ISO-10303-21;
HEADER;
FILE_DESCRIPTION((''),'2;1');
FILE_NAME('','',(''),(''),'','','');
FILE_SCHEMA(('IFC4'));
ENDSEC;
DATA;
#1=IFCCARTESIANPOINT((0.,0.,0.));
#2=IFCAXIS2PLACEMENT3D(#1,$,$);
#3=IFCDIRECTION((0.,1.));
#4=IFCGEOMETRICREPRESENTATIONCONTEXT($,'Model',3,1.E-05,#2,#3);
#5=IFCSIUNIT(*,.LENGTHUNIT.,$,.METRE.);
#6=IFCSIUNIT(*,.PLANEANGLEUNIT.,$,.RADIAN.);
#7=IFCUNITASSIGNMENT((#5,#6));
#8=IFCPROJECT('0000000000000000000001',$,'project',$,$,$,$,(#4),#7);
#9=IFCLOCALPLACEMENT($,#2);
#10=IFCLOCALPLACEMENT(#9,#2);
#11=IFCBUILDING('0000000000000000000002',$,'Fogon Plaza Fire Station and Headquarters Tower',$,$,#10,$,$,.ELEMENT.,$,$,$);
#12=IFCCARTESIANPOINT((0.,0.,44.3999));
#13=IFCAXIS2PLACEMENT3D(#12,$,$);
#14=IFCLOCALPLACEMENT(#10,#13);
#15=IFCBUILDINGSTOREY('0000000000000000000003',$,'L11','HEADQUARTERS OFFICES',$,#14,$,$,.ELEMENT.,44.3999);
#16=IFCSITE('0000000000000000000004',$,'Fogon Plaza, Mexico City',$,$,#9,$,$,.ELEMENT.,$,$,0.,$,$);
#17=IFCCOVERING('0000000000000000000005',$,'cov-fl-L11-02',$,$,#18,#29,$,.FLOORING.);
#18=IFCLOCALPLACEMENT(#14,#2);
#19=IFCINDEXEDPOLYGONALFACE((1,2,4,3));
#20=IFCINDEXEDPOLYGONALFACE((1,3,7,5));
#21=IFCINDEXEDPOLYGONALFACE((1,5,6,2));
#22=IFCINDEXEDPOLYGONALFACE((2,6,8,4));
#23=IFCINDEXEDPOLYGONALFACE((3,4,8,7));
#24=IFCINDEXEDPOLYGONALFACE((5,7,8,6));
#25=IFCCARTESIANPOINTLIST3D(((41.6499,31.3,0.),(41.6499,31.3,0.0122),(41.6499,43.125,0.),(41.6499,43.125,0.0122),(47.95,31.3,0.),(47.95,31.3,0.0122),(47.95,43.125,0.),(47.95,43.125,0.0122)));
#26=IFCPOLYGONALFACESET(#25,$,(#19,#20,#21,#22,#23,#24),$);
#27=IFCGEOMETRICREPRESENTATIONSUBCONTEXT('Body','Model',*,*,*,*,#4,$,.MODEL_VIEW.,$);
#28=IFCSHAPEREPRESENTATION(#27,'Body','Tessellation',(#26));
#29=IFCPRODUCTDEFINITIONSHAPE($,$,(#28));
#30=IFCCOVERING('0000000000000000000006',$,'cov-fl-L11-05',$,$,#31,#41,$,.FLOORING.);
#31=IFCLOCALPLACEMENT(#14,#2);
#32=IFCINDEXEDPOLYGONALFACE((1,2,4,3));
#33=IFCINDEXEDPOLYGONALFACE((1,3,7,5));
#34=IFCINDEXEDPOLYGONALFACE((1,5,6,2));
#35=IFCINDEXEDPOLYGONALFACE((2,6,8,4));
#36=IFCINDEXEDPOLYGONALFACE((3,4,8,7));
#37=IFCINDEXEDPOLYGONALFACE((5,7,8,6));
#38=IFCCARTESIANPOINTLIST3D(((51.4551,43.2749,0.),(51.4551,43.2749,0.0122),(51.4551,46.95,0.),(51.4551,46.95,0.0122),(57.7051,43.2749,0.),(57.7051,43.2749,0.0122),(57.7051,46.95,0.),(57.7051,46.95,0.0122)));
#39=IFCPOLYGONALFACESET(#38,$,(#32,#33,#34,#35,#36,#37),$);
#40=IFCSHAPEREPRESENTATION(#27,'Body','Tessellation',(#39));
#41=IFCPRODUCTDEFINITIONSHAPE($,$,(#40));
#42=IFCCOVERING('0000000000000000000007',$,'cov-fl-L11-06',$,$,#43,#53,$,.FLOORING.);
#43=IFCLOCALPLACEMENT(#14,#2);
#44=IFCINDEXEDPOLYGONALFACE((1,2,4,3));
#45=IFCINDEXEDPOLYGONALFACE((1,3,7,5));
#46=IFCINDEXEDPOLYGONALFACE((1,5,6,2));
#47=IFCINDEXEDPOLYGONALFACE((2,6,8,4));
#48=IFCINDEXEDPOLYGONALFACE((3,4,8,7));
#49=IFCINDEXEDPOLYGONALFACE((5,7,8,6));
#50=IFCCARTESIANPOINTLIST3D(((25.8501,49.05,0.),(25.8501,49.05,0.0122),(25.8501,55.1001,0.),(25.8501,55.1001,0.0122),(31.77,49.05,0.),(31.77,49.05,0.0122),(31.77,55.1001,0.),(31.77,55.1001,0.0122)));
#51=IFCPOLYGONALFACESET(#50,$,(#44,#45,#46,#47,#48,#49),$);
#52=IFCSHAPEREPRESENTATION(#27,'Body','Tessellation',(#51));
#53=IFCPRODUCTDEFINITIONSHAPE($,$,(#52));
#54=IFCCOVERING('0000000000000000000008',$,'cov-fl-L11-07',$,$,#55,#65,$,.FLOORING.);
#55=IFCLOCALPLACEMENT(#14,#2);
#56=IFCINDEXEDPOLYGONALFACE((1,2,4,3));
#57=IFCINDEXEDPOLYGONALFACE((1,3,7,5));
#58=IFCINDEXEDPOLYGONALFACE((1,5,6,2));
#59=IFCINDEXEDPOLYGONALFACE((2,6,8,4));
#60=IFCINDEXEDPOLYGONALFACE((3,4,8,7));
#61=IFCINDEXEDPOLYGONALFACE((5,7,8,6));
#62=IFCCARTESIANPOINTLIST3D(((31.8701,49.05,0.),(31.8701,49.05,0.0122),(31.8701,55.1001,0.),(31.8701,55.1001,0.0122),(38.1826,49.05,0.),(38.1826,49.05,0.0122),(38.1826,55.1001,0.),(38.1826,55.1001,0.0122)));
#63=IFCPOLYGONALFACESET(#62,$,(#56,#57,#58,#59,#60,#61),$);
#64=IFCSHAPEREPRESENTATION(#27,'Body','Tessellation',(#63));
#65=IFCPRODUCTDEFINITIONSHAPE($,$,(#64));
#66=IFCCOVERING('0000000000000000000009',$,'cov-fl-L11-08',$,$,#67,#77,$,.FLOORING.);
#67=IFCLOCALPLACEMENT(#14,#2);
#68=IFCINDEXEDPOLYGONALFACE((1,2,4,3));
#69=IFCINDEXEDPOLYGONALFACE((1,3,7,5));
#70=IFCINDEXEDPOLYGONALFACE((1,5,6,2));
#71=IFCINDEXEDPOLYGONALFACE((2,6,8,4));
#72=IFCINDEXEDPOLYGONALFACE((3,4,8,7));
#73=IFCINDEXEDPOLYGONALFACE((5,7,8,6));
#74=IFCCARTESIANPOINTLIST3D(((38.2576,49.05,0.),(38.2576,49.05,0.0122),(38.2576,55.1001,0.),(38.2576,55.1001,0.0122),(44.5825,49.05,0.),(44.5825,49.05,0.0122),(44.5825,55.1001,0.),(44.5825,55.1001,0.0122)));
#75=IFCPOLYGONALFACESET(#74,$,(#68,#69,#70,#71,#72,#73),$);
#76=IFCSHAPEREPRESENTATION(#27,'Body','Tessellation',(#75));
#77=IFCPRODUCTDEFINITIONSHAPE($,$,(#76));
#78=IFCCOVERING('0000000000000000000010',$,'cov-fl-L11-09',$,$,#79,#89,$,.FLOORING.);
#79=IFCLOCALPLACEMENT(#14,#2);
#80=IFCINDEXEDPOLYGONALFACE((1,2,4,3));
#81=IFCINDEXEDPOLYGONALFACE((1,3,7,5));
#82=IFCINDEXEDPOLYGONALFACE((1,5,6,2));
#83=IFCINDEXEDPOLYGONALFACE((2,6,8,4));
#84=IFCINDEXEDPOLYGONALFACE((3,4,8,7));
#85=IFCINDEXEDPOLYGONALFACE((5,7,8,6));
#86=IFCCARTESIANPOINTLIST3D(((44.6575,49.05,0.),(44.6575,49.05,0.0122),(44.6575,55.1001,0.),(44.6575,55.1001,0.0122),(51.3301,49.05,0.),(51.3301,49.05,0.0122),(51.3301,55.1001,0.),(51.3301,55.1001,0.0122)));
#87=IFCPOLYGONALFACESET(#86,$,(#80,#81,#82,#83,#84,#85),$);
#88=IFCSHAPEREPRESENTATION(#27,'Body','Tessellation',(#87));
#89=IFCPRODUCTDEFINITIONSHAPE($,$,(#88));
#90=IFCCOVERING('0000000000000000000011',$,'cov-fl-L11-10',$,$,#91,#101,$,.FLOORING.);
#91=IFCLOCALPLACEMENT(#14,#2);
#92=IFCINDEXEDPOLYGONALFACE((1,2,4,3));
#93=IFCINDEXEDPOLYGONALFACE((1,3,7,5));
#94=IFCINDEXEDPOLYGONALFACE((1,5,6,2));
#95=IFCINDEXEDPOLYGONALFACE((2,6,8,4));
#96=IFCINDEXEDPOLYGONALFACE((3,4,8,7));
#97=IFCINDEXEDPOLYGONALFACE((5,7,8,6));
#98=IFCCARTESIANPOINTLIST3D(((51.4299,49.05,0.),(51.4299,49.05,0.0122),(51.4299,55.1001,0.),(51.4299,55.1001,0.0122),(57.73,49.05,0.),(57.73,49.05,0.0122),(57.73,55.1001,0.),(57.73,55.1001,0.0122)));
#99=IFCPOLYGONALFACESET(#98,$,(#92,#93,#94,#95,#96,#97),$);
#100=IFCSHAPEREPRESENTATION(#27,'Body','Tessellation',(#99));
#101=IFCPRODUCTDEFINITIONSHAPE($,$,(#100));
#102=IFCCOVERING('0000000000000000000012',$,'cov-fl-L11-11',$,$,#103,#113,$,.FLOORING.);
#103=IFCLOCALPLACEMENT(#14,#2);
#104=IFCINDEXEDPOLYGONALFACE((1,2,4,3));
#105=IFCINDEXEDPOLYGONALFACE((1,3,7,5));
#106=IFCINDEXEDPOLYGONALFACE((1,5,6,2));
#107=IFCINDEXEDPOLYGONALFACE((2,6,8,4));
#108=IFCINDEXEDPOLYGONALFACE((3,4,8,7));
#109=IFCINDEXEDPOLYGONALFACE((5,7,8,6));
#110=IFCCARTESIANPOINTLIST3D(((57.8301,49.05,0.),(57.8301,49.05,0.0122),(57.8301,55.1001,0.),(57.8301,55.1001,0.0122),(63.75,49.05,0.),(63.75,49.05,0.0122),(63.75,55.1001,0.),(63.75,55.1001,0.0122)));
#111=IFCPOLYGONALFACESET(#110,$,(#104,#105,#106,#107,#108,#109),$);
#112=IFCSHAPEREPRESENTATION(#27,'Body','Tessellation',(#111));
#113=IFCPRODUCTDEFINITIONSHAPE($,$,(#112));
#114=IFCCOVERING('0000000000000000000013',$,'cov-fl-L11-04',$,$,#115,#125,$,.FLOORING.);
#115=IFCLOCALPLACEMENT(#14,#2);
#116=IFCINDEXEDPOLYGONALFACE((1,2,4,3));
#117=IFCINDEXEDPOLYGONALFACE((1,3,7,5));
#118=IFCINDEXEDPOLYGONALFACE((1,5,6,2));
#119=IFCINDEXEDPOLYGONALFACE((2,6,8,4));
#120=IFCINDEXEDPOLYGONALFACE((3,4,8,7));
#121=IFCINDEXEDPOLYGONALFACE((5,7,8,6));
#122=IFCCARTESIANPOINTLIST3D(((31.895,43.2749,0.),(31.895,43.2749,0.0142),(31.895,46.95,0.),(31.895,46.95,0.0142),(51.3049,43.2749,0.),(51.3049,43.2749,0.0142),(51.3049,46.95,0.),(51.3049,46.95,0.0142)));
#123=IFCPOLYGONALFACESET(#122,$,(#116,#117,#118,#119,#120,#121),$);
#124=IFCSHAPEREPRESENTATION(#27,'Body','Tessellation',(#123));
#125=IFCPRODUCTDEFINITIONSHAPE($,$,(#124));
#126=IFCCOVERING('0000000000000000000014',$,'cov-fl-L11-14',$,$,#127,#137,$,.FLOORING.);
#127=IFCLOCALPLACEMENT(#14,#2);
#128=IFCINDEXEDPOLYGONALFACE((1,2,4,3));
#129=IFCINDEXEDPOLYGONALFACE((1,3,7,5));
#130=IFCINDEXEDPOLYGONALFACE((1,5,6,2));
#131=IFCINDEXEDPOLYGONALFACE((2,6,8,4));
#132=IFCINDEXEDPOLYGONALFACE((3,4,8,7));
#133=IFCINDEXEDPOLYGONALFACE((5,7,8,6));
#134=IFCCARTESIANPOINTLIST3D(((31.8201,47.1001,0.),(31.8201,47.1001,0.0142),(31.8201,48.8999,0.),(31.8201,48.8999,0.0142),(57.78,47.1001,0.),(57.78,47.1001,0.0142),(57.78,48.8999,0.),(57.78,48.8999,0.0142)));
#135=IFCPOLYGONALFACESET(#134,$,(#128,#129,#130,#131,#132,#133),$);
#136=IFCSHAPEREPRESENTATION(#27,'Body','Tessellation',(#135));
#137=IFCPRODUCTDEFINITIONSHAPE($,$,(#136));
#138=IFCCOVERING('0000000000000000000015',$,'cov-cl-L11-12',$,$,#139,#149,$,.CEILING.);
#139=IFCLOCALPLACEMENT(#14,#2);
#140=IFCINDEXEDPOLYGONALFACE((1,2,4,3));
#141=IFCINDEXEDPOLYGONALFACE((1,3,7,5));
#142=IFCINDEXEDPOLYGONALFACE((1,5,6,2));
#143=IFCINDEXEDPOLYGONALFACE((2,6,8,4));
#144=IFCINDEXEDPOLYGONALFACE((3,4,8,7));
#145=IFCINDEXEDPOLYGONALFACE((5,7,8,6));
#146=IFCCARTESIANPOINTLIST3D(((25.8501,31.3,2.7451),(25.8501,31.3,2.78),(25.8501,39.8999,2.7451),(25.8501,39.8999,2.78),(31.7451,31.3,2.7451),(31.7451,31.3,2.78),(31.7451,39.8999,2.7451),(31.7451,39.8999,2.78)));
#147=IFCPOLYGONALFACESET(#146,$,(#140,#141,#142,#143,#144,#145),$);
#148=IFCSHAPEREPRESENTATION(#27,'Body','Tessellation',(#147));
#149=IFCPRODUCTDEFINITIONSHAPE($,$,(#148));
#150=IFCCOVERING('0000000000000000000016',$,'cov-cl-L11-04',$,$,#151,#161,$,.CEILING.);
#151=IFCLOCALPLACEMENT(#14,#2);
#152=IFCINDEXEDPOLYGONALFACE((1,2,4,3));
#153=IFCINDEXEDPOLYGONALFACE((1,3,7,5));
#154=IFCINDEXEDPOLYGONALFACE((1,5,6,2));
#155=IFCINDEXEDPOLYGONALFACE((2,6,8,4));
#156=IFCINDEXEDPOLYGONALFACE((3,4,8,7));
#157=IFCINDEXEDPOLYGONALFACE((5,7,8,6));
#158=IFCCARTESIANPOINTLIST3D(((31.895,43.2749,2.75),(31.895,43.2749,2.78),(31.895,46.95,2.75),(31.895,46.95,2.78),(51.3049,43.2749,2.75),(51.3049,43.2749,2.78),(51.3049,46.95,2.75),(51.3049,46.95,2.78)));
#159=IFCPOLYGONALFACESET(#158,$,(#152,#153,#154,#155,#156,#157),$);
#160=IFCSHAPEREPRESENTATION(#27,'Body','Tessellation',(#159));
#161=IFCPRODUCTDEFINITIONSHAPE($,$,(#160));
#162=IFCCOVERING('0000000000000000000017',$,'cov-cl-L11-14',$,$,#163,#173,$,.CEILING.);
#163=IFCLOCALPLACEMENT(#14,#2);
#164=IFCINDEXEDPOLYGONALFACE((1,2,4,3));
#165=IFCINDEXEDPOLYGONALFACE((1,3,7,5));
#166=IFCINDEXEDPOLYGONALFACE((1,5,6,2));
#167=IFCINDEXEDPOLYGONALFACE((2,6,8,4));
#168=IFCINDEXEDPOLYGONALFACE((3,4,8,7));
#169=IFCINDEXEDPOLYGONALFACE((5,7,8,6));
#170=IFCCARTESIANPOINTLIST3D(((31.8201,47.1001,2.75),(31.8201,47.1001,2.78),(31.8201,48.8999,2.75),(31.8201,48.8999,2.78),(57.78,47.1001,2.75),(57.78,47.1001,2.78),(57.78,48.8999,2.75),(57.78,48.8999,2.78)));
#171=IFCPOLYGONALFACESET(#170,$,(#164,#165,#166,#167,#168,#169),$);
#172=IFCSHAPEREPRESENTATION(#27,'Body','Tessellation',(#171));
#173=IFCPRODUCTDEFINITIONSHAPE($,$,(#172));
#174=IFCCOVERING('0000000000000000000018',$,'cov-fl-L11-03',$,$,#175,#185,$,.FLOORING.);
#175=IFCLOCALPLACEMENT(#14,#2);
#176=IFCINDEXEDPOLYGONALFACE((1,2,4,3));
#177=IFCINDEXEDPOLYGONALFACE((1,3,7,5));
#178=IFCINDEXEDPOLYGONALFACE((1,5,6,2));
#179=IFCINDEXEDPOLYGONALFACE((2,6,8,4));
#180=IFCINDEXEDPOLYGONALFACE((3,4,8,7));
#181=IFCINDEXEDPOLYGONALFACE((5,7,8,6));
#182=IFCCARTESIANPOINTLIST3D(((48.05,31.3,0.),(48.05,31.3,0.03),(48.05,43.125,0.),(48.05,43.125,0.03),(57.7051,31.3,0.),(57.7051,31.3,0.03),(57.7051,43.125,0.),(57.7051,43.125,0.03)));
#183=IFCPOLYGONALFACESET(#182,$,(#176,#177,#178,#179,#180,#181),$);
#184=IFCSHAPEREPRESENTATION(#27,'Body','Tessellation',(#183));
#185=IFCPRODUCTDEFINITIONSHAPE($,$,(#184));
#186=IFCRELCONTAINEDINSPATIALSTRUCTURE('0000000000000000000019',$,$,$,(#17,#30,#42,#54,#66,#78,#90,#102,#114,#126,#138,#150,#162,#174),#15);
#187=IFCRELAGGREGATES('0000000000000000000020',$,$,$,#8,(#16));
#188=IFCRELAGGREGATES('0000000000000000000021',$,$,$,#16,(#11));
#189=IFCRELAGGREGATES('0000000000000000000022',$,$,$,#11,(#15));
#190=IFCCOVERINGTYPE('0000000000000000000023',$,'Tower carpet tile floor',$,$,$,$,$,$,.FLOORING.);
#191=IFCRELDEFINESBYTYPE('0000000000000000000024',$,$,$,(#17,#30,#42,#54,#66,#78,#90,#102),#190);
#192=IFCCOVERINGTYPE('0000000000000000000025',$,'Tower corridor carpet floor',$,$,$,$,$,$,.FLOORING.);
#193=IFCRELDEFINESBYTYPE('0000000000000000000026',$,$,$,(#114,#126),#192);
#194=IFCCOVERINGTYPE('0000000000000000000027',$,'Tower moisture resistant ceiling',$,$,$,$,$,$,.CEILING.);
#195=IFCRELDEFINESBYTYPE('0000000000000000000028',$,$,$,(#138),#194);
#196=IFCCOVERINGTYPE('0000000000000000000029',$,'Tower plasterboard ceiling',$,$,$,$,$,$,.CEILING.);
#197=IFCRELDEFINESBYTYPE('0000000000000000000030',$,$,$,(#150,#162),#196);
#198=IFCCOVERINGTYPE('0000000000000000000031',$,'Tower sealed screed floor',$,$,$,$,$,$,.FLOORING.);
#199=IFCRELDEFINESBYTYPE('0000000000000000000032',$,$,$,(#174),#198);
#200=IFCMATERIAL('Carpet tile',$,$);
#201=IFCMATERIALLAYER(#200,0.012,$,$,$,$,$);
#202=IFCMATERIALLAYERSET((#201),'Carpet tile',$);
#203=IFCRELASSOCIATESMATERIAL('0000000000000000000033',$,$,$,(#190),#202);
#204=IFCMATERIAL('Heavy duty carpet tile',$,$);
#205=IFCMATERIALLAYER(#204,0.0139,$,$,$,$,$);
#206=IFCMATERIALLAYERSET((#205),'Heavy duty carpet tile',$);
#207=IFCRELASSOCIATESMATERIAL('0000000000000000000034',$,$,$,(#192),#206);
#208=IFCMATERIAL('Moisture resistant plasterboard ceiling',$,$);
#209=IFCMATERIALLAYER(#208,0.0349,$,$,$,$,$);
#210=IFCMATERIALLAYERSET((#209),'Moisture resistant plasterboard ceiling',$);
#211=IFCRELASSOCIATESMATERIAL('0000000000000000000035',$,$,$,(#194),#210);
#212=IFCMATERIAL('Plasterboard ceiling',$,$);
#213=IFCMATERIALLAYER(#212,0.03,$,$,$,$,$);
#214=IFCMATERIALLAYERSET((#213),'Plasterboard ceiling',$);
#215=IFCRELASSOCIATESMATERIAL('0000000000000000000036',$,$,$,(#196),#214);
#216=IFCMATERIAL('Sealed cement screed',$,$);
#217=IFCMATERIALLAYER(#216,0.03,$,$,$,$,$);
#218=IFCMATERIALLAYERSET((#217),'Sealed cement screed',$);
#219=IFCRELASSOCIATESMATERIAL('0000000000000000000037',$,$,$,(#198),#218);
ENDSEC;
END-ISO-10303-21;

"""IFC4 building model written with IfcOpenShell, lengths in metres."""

from ifc_helpers import new_model, si_unit, direction, frame, origin, place, context, subcontext, project, spatial, polyline, outline, extrude, material, layer, layer_set, type_object, element, save


model = new_model("IFC4")

# Units and contexts
model_context = context("Model", 3, precision=1e-05, world=origin(), true_north=direction((0.0, 1.0)))
body_context = subcontext(model_context, "Body", "Model", "MODEL_VIEW")
ifc_project = project(units=[si_unit("LENGTHUNIT", "METRE"), si_unit("PLANEANGLEUNIT", "RADIAN")], contexts=[model_context])

# Site, building, storey
site_placement = place(None, origin())
site = spatial("IfcSite", under=ifc_project, at=site_placement, Name="Fogon Plaza, Mexico City", CompositionType="ELEMENT", RefElevation=0.0)
building_placement = place(site_placement, origin())
building = spatial("IfcBuilding", under=site, at=building_placement, Name="Fogon Plaza Fire Station and Headquarters Tower", CompositionType="ELEMENT")
storey_placement = place(building_placement, frame((0.0, 0.0, 44.3999)))
storey = spatial("IfcBuildingStorey", under=building, at=storey_placement, Name="L11", Description="HEADQUARTERS OFFICES", CompositionType="ELEMENT", Elevation=44.3999)

# Coverings
ifc_material_1 = material(Name="Carpet tile")
ifc_layer_1 = layer(ifc_material_1, 0.012)
ifc_layer_set_1 = layer_set([ifc_layer_1], Name="Carpet tile")
covering_type_1 = type_object("IfcCoveringType", Name="Tower carpet tile floor", PredefinedType="FLOORING", material=ifc_layer_set_1)
covering_1_placement = place(storey_placement, origin())
element("IfcCovering", 1, at=covering_1_placement, inside=storey, type_object=covering_type_1, Name="cov-fl-L11-02", PredefinedType="FLOORING", context=body_context, shape_type="SweptSolid", body=[
    extrude(outline(polyline([(47.95, 31.3), (47.95, 43.125), (41.6499, 43.125), (41.6499, 31.3), (47.95, 31.3)])), origin(), (0.0, 0.0, 1.0), 0.0122),
])
covering_2_placement = place(storey_placement, origin())
element("IfcCovering", 2, at=covering_2_placement, inside=storey, type_object=covering_type_1, Name="cov-fl-L11-05", PredefinedType="FLOORING", context=body_context, shape_type="SweptSolid", body=[
    extrude(outline(polyline([(57.7051, 43.2749), (57.7051, 46.95), (51.4551, 46.95), (51.4551, 43.2749), (57.7051, 43.2749)])), origin(), (0.0, 0.0, 1.0), 0.0122),
])
covering_3_placement = place(storey_placement, origin())
element("IfcCovering", 3, at=covering_3_placement, inside=storey, type_object=covering_type_1, Name="cov-fl-L11-06", PredefinedType="FLOORING", context=body_context, shape_type="SweptSolid", body=[
    extrude(outline(polyline([(31.77, 49.05), (31.77, 55.1001), (25.8501, 55.1001), (25.8501, 49.05), (31.77, 49.05)])), origin(), (0.0, 0.0, 1.0), 0.0122),
])
covering_4_placement = place(storey_placement, origin())
element("IfcCovering", 4, at=covering_4_placement, inside=storey, type_object=covering_type_1, Name="cov-fl-L11-07", PredefinedType="FLOORING", context=body_context, shape_type="SweptSolid", body=[
    extrude(outline(polyline([(38.1826, 49.05), (38.1826, 55.1001), (31.8701, 55.1001), (31.8701, 49.05), (38.1826, 49.05)])), origin(), (0.0, 0.0, 1.0), 0.0122),
])
covering_5_placement = place(storey_placement, origin())
element("IfcCovering", 5, at=covering_5_placement, inside=storey, type_object=covering_type_1, Name="cov-fl-L11-08", PredefinedType="FLOORING", context=body_context, shape_type="SweptSolid", body=[
    extrude(outline(polyline([(44.5825, 49.05), (44.5825, 55.1001), (38.2576, 55.1001), (38.2576, 49.05), (44.5825, 49.05)])), origin(), (0.0, 0.0, 1.0), 0.0122),
])
covering_6_placement = place(storey_placement, origin())
element("IfcCovering", 6, at=covering_6_placement, inside=storey, type_object=covering_type_1, Name="cov-fl-L11-09", PredefinedType="FLOORING", context=body_context, shape_type="SweptSolid", body=[
    extrude(outline(polyline([(51.3301, 49.05), (51.3301, 55.1001), (44.6575, 55.1001), (44.6575, 49.05), (51.3301, 49.05)])), origin(), (0.0, 0.0, 1.0), 0.0122),
])
covering_7_placement = place(storey_placement, origin())
element("IfcCovering", 7, at=covering_7_placement, inside=storey, type_object=covering_type_1, Name="cov-fl-L11-10", PredefinedType="FLOORING", context=body_context, shape_type="SweptSolid", body=[
    extrude(outline(polyline([(57.73, 49.05), (57.73, 55.1001), (51.4299, 55.1001), (51.4299, 49.05), (57.73, 49.05)])), origin(), (0.0, 0.0, 1.0), 0.0122),
])
covering_8_placement = place(storey_placement, origin())
element("IfcCovering", 8, at=covering_8_placement, inside=storey, type_object=covering_type_1, Name="cov-fl-L11-11", PredefinedType="FLOORING", context=body_context, shape_type="SweptSolid", body=[
    extrude(outline(polyline([(63.75, 49.05), (63.75, 55.1001), (57.8301, 55.1001), (57.8301, 49.05), (63.75, 49.05)])), origin(), (0.0, 0.0, 1.0), 0.0122),
])
ifc_material_2 = material(Name="Heavy duty carpet tile")
ifc_layer_2 = layer(ifc_material_2, 0.0139)
ifc_layer_set_2 = layer_set([ifc_layer_2], Name="Heavy duty carpet tile")
covering_type_2 = type_object("IfcCoveringType", Name="Tower corridor carpet floor", PredefinedType="FLOORING", material=ifc_layer_set_2)
covering_9_placement = place(storey_placement, origin())
element("IfcCovering", 9, at=covering_9_placement, inside=storey, type_object=covering_type_2, Name="cov-fl-L11-04", PredefinedType="FLOORING", context=body_context, shape_type="SweptSolid", body=[
    extrude(outline(polyline([(51.3049, 43.2749), (51.3049, 46.95), (31.895, 46.95), (31.895, 43.2749), (51.3049, 43.2749)])), origin(), (0.0, 0.0, 1.0), 0.0142),
])
covering_10_placement = place(storey_placement, origin())
element("IfcCovering", 10, at=covering_10_placement, inside=storey, type_object=covering_type_2, Name="cov-fl-L11-14", PredefinedType="FLOORING", context=body_context, shape_type="SweptSolid", body=[
    extrude(outline(polyline([(57.78, 47.1001), (57.78, 48.8999), (31.8201, 48.8999), (31.8201, 47.1001), (57.78, 47.1001)])), origin(), (0.0, 0.0, 1.0), 0.0142),
])
ifc_material_3 = material(Name="Moisture resistant plasterboard ceiling")
ifc_layer_3 = layer(ifc_material_3, 0.0349)
ifc_layer_set_3 = layer_set([ifc_layer_3], Name="Moisture resistant plasterboard ceiling")
covering_type_3 = type_object("IfcCoveringType", Name="Tower moisture resistant ceiling", PredefinedType="CEILING", material=ifc_layer_set_3)
covering_11_placement = place(storey_placement, frame((0.0, 0.0, 2.7451)))
element("IfcCovering", 11, at=covering_11_placement, inside=storey, type_object=covering_type_3, Name="cov-cl-L11-12", PredefinedType="CEILING", context=body_context, shape_type="SweptSolid", body=[
    extrude(outline(polyline([(31.7451, 31.3), (31.7451, 39.8999), (25.8501, 39.8999), (25.8501, 31.3), (31.7451, 31.3)])), origin(), (0.0, 0.0, 1.0), 0.0349),
])
ifc_material_4 = material(Name="Plasterboard ceiling")
ifc_layer_4 = layer(ifc_material_4, 0.03)
ifc_layer_set_4 = layer_set([ifc_layer_4], Name="Plasterboard ceiling")
covering_type_4 = type_object("IfcCoveringType", Name="Tower plasterboard ceiling", PredefinedType="CEILING", material=ifc_layer_set_4)
covering_12_placement = place(storey_placement, frame((0.0, 0.0, 2.75)))
element("IfcCovering", 12, at=covering_12_placement, inside=storey, type_object=covering_type_4, Name="cov-cl-L11-04", PredefinedType="CEILING", context=body_context, shape_type="SweptSolid", body=[
    extrude(outline(polyline([(51.3049, 43.2749), (51.3049, 46.95), (31.895, 46.95), (31.895, 43.2749), (51.3049, 43.2749)])), origin(), (0.0, 0.0, 1.0), 0.03),
])
covering_13_placement = place(storey_placement, frame((0.0, 0.0, 2.75)))
element("IfcCovering", 13, at=covering_13_placement, inside=storey, type_object=covering_type_4, Name="cov-cl-L11-14", PredefinedType="CEILING", context=body_context, shape_type="SweptSolid", body=[
    extrude(outline(polyline([(57.78, 47.1001), (57.78, 48.8999), (31.8201, 48.8999), (31.8201, 47.1001), (57.78, 47.1001)])), origin(), (0.0, 0.0, 1.0), 0.03),
])
ifc_material_5 = material(Name="Sealed cement screed")
ifc_layer_5 = layer(ifc_material_5, 0.03)
ifc_layer_set_5 = layer_set([ifc_layer_5], Name="Sealed cement screed")
covering_type_5 = type_object("IfcCoveringType", Name="Tower sealed screed floor", PredefinedType="FLOORING", material=ifc_layer_set_5)
covering_14_placement = place(storey_placement, origin())
element("IfcCovering", 14, at=covering_14_placement, inside=storey, type_object=covering_type_5, Name="cov-fl-L11-03", PredefinedType="FLOORING", context=body_context, shape_type="SweptSolid", body=[
    extrude(outline(polyline([(57.7051, 31.3), (57.7051, 43.125), (48.05, 43.125), (48.05, 31.3), (57.7051, 31.3)])), origin(), (0.0, 0.0, 1.0), 0.03),
])

save(model, "model.ifc")
